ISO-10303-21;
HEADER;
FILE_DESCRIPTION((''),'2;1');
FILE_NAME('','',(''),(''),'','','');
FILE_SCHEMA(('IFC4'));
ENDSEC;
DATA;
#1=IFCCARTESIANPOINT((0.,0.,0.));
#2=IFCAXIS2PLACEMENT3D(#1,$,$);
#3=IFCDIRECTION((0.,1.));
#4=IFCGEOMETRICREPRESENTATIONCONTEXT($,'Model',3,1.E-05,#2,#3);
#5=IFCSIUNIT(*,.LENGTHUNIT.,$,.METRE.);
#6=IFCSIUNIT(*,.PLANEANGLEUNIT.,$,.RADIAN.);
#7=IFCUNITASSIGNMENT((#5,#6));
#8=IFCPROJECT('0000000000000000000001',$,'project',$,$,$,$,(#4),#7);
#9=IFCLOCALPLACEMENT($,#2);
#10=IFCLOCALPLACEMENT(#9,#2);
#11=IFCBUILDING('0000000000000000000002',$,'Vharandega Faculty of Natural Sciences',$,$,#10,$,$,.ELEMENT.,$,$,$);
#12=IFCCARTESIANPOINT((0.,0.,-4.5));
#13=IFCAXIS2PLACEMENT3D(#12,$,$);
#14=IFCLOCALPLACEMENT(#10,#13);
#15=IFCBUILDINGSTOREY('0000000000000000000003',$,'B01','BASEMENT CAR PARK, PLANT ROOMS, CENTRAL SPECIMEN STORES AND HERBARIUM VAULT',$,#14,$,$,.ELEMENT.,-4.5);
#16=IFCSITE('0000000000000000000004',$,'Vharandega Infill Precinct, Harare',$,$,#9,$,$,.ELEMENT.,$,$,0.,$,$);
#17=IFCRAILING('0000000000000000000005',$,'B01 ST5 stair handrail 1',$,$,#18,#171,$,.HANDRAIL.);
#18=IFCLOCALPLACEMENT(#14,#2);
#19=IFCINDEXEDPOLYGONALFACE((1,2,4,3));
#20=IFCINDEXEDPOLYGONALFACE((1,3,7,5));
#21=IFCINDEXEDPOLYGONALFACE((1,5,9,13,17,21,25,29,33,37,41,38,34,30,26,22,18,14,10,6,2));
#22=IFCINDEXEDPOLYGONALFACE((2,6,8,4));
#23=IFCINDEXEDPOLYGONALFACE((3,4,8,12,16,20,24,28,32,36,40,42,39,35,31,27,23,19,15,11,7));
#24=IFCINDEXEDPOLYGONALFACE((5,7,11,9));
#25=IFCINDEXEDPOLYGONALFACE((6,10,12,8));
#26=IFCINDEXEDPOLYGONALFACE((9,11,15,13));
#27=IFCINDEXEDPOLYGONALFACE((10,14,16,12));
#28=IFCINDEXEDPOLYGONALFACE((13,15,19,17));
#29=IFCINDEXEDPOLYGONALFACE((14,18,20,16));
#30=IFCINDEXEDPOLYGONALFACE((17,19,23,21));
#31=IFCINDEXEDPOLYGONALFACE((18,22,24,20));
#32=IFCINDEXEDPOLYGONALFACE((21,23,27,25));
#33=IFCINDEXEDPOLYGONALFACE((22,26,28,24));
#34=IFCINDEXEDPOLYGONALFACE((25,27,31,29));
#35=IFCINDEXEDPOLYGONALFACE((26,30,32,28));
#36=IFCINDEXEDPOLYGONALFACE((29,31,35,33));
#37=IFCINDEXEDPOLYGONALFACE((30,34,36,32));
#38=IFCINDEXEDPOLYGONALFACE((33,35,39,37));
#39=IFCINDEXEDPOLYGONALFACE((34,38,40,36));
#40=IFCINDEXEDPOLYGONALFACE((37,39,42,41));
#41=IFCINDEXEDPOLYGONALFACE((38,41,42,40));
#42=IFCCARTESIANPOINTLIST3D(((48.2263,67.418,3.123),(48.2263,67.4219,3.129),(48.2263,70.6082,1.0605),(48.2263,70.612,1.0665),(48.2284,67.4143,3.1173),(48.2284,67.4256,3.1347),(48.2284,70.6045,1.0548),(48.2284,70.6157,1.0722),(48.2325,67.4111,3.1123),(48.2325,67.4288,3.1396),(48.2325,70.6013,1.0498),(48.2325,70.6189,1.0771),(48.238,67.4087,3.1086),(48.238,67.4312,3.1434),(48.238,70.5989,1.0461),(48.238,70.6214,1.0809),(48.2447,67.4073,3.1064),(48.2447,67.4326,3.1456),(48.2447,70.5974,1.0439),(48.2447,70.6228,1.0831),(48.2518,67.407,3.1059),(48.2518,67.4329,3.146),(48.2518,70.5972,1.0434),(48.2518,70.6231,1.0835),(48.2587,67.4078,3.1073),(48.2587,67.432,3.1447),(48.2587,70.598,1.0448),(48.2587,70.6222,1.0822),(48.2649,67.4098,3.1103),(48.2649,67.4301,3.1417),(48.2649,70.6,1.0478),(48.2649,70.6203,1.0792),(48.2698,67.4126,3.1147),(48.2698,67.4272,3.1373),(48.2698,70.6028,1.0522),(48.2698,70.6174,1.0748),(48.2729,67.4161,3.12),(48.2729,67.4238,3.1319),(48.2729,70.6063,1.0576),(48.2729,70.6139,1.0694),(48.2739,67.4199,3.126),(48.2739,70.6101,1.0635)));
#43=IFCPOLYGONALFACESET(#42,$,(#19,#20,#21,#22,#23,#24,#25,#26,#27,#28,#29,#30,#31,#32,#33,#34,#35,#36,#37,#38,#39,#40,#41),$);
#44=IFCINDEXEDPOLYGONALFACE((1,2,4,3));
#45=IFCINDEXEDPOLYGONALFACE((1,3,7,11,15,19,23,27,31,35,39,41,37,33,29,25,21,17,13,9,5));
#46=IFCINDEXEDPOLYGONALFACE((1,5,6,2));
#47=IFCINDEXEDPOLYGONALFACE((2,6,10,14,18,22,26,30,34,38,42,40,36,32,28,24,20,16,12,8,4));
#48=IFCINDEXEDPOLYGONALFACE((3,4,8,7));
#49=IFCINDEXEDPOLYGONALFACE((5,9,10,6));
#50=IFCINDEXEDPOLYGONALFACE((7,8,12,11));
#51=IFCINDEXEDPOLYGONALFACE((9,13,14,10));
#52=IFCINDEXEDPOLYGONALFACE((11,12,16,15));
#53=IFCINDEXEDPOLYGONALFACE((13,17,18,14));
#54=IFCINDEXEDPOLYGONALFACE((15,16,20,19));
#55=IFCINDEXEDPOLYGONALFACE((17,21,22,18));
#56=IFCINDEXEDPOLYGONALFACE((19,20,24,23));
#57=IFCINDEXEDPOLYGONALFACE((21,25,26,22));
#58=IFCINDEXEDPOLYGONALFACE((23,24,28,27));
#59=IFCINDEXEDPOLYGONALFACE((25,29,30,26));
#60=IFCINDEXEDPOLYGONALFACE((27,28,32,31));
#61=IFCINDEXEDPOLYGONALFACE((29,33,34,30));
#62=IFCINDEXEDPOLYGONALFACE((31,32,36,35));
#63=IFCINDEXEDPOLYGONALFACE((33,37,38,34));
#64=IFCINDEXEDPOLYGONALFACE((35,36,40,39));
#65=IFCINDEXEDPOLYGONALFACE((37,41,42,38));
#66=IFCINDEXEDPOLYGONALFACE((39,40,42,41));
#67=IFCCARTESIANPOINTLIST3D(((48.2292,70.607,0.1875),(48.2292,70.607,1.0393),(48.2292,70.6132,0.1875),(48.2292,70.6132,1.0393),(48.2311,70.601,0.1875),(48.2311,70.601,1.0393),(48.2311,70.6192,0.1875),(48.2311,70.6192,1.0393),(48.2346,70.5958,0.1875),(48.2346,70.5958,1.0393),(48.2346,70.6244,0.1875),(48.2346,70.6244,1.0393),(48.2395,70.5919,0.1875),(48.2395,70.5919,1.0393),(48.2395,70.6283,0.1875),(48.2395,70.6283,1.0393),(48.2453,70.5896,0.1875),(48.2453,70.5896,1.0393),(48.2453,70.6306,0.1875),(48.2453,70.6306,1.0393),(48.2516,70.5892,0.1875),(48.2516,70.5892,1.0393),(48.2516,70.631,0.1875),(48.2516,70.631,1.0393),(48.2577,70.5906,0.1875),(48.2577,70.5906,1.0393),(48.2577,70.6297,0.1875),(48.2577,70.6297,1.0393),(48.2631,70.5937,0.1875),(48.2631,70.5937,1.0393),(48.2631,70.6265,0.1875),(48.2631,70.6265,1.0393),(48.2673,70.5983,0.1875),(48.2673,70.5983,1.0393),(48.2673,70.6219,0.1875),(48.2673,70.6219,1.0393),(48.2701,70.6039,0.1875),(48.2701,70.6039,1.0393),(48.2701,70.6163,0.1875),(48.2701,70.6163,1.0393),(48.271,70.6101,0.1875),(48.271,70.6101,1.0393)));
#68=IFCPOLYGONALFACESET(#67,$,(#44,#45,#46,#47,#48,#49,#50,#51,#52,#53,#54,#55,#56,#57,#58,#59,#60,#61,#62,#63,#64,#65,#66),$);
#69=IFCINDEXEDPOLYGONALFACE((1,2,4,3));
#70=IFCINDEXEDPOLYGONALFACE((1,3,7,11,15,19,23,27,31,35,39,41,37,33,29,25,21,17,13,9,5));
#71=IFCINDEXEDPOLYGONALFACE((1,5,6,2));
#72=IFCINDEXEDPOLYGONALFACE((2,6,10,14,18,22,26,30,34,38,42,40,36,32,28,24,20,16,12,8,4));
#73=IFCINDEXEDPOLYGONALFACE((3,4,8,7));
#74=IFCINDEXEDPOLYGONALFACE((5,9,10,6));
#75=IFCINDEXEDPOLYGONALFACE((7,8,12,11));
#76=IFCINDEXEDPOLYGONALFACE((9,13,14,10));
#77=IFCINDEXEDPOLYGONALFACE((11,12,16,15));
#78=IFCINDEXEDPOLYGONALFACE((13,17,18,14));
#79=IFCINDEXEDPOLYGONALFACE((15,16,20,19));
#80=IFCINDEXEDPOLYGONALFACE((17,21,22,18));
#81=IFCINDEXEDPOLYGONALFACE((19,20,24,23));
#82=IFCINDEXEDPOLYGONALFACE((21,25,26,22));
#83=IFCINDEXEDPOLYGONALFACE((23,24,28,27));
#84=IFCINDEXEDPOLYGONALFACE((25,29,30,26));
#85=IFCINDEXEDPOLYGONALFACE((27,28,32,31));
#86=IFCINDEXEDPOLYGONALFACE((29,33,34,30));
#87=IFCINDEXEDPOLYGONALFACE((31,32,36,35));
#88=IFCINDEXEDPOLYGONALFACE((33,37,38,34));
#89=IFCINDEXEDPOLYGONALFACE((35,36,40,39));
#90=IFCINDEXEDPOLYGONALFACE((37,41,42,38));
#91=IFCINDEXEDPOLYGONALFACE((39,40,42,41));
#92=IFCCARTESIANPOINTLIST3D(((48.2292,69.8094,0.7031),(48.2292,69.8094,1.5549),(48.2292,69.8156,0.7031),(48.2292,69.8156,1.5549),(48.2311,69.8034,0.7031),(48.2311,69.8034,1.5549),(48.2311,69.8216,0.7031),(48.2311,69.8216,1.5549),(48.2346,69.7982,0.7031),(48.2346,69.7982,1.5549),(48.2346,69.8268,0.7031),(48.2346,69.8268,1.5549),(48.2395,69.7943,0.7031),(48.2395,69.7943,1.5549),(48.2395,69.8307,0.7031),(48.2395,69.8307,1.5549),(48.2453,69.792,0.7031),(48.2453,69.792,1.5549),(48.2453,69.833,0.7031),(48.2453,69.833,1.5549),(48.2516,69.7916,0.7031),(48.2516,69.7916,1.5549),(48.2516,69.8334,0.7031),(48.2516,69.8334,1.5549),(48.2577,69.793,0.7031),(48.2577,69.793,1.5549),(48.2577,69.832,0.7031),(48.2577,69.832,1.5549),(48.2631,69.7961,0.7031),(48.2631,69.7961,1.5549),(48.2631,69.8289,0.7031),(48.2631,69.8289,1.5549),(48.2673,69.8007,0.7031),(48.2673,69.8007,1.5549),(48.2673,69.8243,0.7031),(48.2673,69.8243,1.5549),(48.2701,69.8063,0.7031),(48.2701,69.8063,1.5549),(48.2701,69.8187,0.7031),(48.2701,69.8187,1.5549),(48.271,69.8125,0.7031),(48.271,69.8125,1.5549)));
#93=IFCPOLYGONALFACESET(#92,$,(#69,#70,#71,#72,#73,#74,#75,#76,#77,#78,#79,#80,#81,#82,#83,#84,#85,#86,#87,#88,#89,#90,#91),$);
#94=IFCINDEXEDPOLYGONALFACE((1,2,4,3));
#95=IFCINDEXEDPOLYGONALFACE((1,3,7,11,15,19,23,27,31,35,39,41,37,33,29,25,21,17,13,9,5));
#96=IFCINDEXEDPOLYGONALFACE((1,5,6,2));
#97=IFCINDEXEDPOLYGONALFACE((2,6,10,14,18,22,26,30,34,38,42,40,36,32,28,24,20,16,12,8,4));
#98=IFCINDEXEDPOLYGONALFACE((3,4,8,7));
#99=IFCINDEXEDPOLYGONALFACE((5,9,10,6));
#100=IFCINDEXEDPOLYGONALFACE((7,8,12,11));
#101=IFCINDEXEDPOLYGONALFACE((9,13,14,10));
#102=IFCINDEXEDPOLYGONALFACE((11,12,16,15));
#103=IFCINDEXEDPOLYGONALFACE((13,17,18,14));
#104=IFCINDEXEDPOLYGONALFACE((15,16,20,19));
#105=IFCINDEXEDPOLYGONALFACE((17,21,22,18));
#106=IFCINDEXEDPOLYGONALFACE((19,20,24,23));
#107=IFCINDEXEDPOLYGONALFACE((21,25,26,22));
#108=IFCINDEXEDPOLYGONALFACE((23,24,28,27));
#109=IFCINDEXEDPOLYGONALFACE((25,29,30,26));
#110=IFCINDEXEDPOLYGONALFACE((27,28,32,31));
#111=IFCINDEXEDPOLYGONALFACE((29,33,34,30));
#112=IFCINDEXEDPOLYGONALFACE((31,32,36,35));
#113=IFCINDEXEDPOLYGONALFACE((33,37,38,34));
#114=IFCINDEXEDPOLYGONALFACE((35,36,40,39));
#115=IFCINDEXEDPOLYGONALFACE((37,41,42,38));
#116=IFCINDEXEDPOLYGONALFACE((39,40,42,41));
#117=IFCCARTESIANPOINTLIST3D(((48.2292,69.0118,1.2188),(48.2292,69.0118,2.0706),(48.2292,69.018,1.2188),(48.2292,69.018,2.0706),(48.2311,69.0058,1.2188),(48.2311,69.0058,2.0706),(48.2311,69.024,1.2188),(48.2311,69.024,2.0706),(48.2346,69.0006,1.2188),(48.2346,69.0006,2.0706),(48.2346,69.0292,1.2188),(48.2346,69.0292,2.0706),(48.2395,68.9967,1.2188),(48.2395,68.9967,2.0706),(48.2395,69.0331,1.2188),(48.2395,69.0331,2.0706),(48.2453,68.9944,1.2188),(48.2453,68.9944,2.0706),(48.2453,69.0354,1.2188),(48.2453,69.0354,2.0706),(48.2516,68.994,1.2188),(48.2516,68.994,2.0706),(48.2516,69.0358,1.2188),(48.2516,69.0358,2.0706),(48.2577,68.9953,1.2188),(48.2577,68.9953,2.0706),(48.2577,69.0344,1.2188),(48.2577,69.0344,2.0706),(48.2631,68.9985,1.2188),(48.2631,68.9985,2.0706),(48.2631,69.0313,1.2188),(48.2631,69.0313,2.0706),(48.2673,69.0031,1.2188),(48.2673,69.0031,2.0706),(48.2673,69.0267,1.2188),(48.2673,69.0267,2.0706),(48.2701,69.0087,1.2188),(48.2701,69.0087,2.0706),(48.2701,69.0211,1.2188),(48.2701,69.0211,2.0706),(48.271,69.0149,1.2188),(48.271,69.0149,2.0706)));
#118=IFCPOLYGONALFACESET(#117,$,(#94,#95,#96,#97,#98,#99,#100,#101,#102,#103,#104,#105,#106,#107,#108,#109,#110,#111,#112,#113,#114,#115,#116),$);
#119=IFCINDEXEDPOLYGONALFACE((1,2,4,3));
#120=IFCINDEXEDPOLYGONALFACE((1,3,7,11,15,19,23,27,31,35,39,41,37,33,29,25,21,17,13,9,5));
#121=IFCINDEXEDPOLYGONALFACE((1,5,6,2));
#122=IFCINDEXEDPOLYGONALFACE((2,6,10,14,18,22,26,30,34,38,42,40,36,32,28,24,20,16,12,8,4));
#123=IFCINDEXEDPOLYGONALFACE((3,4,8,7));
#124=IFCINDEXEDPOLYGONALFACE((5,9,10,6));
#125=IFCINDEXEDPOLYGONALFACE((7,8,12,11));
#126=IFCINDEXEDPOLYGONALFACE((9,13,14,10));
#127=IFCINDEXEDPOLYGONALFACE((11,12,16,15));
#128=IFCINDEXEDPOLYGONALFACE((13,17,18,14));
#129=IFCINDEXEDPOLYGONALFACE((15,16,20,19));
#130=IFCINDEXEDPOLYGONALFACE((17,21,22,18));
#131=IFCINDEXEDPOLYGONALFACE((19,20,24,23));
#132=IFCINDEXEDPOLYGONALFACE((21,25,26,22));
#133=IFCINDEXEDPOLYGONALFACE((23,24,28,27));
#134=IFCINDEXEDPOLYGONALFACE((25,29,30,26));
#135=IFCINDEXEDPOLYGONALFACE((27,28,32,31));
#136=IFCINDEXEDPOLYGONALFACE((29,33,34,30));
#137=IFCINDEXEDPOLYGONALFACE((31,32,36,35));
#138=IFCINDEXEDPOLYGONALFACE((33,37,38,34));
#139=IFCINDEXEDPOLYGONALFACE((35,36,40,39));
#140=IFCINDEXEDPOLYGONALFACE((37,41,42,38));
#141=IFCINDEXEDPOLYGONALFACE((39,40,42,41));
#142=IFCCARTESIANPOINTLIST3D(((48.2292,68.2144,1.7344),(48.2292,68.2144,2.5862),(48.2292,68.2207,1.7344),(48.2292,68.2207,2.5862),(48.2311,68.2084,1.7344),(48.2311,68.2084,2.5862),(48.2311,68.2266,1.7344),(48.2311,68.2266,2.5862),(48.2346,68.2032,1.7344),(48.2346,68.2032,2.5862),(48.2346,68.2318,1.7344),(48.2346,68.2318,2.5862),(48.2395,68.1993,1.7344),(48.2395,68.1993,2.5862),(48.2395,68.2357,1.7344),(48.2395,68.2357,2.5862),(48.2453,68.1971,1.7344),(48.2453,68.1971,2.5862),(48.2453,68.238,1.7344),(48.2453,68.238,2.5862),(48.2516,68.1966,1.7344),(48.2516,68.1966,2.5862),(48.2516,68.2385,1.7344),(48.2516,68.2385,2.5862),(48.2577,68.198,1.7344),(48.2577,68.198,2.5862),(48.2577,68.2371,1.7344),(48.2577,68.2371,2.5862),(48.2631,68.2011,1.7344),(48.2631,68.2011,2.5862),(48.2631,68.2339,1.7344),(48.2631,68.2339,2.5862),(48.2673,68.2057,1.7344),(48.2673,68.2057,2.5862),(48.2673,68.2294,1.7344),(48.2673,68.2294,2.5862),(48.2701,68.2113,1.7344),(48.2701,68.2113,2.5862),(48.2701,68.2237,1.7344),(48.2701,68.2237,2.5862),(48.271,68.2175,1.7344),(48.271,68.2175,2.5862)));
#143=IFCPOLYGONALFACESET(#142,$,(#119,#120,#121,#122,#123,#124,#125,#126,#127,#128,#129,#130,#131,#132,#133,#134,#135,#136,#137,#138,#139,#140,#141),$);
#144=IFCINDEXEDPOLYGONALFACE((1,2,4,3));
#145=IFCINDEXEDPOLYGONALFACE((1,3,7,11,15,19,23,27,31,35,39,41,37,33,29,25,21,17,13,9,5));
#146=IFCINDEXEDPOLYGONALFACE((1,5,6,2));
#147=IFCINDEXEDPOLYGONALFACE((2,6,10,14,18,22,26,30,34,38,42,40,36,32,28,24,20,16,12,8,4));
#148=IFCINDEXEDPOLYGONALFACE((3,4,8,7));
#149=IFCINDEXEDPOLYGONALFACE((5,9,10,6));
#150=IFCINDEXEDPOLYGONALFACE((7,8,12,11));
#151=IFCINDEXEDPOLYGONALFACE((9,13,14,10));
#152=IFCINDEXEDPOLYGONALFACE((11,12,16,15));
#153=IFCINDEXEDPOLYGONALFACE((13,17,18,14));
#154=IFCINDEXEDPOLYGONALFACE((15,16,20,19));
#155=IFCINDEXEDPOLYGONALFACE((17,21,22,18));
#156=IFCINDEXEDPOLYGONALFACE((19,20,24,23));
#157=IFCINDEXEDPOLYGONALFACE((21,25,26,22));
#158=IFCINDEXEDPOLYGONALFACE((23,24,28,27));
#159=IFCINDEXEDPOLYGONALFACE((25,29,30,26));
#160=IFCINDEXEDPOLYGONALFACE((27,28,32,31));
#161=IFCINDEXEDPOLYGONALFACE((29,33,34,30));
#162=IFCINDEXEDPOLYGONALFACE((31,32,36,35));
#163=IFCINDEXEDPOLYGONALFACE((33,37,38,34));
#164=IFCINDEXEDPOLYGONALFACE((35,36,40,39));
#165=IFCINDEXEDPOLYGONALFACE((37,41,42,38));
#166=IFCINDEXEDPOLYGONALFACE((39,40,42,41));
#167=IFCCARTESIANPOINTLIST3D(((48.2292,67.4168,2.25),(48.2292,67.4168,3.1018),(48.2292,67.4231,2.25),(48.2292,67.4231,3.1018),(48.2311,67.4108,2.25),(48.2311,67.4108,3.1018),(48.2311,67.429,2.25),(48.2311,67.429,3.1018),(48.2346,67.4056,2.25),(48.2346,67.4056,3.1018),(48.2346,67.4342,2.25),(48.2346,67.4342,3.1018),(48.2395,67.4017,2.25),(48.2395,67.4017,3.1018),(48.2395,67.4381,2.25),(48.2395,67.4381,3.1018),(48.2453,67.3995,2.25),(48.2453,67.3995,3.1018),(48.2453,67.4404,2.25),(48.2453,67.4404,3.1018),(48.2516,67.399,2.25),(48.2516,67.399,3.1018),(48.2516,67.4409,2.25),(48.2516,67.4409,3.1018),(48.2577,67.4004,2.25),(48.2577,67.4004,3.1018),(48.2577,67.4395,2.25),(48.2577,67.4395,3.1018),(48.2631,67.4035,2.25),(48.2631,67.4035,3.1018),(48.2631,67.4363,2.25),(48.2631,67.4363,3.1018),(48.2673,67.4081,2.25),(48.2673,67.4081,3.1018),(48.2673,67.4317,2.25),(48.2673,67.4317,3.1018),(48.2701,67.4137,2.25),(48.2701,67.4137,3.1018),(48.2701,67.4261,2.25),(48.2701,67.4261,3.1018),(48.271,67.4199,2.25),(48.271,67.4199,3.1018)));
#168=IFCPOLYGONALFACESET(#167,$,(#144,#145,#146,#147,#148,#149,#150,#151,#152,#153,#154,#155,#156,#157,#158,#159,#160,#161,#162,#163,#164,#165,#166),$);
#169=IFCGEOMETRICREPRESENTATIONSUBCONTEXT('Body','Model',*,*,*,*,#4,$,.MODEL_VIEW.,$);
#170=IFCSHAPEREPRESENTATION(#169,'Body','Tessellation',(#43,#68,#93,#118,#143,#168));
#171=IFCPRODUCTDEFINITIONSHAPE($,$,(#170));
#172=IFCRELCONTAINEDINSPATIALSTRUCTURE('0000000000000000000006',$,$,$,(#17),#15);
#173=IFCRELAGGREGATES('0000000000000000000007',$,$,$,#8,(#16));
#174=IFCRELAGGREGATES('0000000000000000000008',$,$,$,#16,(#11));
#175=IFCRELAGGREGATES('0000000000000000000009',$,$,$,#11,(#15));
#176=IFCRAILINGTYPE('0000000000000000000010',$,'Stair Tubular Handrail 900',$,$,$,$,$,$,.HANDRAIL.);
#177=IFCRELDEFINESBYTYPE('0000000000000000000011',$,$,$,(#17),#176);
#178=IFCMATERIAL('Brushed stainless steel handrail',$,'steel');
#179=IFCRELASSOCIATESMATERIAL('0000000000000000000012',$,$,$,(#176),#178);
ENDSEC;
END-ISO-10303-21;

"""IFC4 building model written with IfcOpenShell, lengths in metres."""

from ifc_helpers import new_model, si_unit, direction, frame, origin, origin_2d, place, context, subcontext, project, spatial, circle, extrude, material, type_object, element, save


model = new_model("IFC4")

# Units and contexts
model_context = context("Model", 3, precision=1e-05, world=origin(), true_north=direction((0.0, 1.0)))
body_context = subcontext(model_context, "Body", "Model", "MODEL_VIEW")
ifc_project = project(units=[si_unit("LENGTHUNIT", "METRE"), si_unit("PLANEANGLEUNIT", "RADIAN")], contexts=[model_context])

# Site, building, storey
site_placement = place(None, origin())
site = spatial("IfcSite", under=ifc_project, at=site_placement, Name="Vharandega Infill Precinct, Harare", CompositionType="ELEMENT", RefElevation=0.0)
building_placement = place(site_placement, origin())
building = spatial("IfcBuilding", under=site, at=building_placement, Name="Vharandega Faculty of Natural Sciences", CompositionType="ELEMENT")
storey_placement = place(building_placement, frame((0.0, 0.0, -4.5)))
storey = spatial("IfcBuildingStorey", under=building, at=storey_placement, Name="B01", Description="BASEMENT CAR PARK, PLANT ROOMS, CENTRAL SPECIMEN STORES AND HERBARIUM VAULT", CompositionType="ELEMENT", Elevation=-4.5)

# Railing
ifc_material_1 = material(Name="Brushed stainless steel handrail", Category="steel")
railing_type_1 = type_object("IfcRailingType", Name="Stair Tubular Handrail 900", PredefinedType="HANDRAIL", material=ifc_material_1)
railing_1_placement = place(storey_placement, frame((48.25, 70.6101, 0.1875)))
element("IfcRailing", 1, at=railing_1_placement, inside=storey, type_object=railing_type_1, Name="B01 ST5 stair handrail 1", PredefinedType="HANDRAIL", context=body_context, shape_type="SweptSolid", body=[
    extrude(circle(Radius=0.0239, at=origin_2d()), frame((0.0, 0.0, 0.876), z_axis=(0.0, -0.839779, 0.542929), x_axis=(1.0, 0.0, 0.0)), (0.0, 0.0, 1.0), 3.7988),
    extrude(circle(Radius=0.021, at=origin_2d()), origin(), (0.0, 0.0, 1.0), 0.8518),
    extrude(circle(Radius=0.021, at=origin_2d()), frame((0.0, -0.7976, 0.5156)), (0.0, 0.0, 1.0), 0.8518),
    extrude(circle(Radius=0.021, at=origin_2d()), frame((0.0, -1.5952, 1.0312)), (0.0, 0.0, 1.0), 0.8518),
    extrude(circle(Radius=0.021, at=origin_2d()), frame((0.0, -2.3926, 1.5469)), (0.0, 0.0, 1.0), 0.8518),
    extrude(circle(Radius=0.021, at=origin_2d()), frame((0.0, -3.1902, 2.0625)), (0.0, 0.0, 1.0), 0.8518),
])

save(model, "model.ifc")
